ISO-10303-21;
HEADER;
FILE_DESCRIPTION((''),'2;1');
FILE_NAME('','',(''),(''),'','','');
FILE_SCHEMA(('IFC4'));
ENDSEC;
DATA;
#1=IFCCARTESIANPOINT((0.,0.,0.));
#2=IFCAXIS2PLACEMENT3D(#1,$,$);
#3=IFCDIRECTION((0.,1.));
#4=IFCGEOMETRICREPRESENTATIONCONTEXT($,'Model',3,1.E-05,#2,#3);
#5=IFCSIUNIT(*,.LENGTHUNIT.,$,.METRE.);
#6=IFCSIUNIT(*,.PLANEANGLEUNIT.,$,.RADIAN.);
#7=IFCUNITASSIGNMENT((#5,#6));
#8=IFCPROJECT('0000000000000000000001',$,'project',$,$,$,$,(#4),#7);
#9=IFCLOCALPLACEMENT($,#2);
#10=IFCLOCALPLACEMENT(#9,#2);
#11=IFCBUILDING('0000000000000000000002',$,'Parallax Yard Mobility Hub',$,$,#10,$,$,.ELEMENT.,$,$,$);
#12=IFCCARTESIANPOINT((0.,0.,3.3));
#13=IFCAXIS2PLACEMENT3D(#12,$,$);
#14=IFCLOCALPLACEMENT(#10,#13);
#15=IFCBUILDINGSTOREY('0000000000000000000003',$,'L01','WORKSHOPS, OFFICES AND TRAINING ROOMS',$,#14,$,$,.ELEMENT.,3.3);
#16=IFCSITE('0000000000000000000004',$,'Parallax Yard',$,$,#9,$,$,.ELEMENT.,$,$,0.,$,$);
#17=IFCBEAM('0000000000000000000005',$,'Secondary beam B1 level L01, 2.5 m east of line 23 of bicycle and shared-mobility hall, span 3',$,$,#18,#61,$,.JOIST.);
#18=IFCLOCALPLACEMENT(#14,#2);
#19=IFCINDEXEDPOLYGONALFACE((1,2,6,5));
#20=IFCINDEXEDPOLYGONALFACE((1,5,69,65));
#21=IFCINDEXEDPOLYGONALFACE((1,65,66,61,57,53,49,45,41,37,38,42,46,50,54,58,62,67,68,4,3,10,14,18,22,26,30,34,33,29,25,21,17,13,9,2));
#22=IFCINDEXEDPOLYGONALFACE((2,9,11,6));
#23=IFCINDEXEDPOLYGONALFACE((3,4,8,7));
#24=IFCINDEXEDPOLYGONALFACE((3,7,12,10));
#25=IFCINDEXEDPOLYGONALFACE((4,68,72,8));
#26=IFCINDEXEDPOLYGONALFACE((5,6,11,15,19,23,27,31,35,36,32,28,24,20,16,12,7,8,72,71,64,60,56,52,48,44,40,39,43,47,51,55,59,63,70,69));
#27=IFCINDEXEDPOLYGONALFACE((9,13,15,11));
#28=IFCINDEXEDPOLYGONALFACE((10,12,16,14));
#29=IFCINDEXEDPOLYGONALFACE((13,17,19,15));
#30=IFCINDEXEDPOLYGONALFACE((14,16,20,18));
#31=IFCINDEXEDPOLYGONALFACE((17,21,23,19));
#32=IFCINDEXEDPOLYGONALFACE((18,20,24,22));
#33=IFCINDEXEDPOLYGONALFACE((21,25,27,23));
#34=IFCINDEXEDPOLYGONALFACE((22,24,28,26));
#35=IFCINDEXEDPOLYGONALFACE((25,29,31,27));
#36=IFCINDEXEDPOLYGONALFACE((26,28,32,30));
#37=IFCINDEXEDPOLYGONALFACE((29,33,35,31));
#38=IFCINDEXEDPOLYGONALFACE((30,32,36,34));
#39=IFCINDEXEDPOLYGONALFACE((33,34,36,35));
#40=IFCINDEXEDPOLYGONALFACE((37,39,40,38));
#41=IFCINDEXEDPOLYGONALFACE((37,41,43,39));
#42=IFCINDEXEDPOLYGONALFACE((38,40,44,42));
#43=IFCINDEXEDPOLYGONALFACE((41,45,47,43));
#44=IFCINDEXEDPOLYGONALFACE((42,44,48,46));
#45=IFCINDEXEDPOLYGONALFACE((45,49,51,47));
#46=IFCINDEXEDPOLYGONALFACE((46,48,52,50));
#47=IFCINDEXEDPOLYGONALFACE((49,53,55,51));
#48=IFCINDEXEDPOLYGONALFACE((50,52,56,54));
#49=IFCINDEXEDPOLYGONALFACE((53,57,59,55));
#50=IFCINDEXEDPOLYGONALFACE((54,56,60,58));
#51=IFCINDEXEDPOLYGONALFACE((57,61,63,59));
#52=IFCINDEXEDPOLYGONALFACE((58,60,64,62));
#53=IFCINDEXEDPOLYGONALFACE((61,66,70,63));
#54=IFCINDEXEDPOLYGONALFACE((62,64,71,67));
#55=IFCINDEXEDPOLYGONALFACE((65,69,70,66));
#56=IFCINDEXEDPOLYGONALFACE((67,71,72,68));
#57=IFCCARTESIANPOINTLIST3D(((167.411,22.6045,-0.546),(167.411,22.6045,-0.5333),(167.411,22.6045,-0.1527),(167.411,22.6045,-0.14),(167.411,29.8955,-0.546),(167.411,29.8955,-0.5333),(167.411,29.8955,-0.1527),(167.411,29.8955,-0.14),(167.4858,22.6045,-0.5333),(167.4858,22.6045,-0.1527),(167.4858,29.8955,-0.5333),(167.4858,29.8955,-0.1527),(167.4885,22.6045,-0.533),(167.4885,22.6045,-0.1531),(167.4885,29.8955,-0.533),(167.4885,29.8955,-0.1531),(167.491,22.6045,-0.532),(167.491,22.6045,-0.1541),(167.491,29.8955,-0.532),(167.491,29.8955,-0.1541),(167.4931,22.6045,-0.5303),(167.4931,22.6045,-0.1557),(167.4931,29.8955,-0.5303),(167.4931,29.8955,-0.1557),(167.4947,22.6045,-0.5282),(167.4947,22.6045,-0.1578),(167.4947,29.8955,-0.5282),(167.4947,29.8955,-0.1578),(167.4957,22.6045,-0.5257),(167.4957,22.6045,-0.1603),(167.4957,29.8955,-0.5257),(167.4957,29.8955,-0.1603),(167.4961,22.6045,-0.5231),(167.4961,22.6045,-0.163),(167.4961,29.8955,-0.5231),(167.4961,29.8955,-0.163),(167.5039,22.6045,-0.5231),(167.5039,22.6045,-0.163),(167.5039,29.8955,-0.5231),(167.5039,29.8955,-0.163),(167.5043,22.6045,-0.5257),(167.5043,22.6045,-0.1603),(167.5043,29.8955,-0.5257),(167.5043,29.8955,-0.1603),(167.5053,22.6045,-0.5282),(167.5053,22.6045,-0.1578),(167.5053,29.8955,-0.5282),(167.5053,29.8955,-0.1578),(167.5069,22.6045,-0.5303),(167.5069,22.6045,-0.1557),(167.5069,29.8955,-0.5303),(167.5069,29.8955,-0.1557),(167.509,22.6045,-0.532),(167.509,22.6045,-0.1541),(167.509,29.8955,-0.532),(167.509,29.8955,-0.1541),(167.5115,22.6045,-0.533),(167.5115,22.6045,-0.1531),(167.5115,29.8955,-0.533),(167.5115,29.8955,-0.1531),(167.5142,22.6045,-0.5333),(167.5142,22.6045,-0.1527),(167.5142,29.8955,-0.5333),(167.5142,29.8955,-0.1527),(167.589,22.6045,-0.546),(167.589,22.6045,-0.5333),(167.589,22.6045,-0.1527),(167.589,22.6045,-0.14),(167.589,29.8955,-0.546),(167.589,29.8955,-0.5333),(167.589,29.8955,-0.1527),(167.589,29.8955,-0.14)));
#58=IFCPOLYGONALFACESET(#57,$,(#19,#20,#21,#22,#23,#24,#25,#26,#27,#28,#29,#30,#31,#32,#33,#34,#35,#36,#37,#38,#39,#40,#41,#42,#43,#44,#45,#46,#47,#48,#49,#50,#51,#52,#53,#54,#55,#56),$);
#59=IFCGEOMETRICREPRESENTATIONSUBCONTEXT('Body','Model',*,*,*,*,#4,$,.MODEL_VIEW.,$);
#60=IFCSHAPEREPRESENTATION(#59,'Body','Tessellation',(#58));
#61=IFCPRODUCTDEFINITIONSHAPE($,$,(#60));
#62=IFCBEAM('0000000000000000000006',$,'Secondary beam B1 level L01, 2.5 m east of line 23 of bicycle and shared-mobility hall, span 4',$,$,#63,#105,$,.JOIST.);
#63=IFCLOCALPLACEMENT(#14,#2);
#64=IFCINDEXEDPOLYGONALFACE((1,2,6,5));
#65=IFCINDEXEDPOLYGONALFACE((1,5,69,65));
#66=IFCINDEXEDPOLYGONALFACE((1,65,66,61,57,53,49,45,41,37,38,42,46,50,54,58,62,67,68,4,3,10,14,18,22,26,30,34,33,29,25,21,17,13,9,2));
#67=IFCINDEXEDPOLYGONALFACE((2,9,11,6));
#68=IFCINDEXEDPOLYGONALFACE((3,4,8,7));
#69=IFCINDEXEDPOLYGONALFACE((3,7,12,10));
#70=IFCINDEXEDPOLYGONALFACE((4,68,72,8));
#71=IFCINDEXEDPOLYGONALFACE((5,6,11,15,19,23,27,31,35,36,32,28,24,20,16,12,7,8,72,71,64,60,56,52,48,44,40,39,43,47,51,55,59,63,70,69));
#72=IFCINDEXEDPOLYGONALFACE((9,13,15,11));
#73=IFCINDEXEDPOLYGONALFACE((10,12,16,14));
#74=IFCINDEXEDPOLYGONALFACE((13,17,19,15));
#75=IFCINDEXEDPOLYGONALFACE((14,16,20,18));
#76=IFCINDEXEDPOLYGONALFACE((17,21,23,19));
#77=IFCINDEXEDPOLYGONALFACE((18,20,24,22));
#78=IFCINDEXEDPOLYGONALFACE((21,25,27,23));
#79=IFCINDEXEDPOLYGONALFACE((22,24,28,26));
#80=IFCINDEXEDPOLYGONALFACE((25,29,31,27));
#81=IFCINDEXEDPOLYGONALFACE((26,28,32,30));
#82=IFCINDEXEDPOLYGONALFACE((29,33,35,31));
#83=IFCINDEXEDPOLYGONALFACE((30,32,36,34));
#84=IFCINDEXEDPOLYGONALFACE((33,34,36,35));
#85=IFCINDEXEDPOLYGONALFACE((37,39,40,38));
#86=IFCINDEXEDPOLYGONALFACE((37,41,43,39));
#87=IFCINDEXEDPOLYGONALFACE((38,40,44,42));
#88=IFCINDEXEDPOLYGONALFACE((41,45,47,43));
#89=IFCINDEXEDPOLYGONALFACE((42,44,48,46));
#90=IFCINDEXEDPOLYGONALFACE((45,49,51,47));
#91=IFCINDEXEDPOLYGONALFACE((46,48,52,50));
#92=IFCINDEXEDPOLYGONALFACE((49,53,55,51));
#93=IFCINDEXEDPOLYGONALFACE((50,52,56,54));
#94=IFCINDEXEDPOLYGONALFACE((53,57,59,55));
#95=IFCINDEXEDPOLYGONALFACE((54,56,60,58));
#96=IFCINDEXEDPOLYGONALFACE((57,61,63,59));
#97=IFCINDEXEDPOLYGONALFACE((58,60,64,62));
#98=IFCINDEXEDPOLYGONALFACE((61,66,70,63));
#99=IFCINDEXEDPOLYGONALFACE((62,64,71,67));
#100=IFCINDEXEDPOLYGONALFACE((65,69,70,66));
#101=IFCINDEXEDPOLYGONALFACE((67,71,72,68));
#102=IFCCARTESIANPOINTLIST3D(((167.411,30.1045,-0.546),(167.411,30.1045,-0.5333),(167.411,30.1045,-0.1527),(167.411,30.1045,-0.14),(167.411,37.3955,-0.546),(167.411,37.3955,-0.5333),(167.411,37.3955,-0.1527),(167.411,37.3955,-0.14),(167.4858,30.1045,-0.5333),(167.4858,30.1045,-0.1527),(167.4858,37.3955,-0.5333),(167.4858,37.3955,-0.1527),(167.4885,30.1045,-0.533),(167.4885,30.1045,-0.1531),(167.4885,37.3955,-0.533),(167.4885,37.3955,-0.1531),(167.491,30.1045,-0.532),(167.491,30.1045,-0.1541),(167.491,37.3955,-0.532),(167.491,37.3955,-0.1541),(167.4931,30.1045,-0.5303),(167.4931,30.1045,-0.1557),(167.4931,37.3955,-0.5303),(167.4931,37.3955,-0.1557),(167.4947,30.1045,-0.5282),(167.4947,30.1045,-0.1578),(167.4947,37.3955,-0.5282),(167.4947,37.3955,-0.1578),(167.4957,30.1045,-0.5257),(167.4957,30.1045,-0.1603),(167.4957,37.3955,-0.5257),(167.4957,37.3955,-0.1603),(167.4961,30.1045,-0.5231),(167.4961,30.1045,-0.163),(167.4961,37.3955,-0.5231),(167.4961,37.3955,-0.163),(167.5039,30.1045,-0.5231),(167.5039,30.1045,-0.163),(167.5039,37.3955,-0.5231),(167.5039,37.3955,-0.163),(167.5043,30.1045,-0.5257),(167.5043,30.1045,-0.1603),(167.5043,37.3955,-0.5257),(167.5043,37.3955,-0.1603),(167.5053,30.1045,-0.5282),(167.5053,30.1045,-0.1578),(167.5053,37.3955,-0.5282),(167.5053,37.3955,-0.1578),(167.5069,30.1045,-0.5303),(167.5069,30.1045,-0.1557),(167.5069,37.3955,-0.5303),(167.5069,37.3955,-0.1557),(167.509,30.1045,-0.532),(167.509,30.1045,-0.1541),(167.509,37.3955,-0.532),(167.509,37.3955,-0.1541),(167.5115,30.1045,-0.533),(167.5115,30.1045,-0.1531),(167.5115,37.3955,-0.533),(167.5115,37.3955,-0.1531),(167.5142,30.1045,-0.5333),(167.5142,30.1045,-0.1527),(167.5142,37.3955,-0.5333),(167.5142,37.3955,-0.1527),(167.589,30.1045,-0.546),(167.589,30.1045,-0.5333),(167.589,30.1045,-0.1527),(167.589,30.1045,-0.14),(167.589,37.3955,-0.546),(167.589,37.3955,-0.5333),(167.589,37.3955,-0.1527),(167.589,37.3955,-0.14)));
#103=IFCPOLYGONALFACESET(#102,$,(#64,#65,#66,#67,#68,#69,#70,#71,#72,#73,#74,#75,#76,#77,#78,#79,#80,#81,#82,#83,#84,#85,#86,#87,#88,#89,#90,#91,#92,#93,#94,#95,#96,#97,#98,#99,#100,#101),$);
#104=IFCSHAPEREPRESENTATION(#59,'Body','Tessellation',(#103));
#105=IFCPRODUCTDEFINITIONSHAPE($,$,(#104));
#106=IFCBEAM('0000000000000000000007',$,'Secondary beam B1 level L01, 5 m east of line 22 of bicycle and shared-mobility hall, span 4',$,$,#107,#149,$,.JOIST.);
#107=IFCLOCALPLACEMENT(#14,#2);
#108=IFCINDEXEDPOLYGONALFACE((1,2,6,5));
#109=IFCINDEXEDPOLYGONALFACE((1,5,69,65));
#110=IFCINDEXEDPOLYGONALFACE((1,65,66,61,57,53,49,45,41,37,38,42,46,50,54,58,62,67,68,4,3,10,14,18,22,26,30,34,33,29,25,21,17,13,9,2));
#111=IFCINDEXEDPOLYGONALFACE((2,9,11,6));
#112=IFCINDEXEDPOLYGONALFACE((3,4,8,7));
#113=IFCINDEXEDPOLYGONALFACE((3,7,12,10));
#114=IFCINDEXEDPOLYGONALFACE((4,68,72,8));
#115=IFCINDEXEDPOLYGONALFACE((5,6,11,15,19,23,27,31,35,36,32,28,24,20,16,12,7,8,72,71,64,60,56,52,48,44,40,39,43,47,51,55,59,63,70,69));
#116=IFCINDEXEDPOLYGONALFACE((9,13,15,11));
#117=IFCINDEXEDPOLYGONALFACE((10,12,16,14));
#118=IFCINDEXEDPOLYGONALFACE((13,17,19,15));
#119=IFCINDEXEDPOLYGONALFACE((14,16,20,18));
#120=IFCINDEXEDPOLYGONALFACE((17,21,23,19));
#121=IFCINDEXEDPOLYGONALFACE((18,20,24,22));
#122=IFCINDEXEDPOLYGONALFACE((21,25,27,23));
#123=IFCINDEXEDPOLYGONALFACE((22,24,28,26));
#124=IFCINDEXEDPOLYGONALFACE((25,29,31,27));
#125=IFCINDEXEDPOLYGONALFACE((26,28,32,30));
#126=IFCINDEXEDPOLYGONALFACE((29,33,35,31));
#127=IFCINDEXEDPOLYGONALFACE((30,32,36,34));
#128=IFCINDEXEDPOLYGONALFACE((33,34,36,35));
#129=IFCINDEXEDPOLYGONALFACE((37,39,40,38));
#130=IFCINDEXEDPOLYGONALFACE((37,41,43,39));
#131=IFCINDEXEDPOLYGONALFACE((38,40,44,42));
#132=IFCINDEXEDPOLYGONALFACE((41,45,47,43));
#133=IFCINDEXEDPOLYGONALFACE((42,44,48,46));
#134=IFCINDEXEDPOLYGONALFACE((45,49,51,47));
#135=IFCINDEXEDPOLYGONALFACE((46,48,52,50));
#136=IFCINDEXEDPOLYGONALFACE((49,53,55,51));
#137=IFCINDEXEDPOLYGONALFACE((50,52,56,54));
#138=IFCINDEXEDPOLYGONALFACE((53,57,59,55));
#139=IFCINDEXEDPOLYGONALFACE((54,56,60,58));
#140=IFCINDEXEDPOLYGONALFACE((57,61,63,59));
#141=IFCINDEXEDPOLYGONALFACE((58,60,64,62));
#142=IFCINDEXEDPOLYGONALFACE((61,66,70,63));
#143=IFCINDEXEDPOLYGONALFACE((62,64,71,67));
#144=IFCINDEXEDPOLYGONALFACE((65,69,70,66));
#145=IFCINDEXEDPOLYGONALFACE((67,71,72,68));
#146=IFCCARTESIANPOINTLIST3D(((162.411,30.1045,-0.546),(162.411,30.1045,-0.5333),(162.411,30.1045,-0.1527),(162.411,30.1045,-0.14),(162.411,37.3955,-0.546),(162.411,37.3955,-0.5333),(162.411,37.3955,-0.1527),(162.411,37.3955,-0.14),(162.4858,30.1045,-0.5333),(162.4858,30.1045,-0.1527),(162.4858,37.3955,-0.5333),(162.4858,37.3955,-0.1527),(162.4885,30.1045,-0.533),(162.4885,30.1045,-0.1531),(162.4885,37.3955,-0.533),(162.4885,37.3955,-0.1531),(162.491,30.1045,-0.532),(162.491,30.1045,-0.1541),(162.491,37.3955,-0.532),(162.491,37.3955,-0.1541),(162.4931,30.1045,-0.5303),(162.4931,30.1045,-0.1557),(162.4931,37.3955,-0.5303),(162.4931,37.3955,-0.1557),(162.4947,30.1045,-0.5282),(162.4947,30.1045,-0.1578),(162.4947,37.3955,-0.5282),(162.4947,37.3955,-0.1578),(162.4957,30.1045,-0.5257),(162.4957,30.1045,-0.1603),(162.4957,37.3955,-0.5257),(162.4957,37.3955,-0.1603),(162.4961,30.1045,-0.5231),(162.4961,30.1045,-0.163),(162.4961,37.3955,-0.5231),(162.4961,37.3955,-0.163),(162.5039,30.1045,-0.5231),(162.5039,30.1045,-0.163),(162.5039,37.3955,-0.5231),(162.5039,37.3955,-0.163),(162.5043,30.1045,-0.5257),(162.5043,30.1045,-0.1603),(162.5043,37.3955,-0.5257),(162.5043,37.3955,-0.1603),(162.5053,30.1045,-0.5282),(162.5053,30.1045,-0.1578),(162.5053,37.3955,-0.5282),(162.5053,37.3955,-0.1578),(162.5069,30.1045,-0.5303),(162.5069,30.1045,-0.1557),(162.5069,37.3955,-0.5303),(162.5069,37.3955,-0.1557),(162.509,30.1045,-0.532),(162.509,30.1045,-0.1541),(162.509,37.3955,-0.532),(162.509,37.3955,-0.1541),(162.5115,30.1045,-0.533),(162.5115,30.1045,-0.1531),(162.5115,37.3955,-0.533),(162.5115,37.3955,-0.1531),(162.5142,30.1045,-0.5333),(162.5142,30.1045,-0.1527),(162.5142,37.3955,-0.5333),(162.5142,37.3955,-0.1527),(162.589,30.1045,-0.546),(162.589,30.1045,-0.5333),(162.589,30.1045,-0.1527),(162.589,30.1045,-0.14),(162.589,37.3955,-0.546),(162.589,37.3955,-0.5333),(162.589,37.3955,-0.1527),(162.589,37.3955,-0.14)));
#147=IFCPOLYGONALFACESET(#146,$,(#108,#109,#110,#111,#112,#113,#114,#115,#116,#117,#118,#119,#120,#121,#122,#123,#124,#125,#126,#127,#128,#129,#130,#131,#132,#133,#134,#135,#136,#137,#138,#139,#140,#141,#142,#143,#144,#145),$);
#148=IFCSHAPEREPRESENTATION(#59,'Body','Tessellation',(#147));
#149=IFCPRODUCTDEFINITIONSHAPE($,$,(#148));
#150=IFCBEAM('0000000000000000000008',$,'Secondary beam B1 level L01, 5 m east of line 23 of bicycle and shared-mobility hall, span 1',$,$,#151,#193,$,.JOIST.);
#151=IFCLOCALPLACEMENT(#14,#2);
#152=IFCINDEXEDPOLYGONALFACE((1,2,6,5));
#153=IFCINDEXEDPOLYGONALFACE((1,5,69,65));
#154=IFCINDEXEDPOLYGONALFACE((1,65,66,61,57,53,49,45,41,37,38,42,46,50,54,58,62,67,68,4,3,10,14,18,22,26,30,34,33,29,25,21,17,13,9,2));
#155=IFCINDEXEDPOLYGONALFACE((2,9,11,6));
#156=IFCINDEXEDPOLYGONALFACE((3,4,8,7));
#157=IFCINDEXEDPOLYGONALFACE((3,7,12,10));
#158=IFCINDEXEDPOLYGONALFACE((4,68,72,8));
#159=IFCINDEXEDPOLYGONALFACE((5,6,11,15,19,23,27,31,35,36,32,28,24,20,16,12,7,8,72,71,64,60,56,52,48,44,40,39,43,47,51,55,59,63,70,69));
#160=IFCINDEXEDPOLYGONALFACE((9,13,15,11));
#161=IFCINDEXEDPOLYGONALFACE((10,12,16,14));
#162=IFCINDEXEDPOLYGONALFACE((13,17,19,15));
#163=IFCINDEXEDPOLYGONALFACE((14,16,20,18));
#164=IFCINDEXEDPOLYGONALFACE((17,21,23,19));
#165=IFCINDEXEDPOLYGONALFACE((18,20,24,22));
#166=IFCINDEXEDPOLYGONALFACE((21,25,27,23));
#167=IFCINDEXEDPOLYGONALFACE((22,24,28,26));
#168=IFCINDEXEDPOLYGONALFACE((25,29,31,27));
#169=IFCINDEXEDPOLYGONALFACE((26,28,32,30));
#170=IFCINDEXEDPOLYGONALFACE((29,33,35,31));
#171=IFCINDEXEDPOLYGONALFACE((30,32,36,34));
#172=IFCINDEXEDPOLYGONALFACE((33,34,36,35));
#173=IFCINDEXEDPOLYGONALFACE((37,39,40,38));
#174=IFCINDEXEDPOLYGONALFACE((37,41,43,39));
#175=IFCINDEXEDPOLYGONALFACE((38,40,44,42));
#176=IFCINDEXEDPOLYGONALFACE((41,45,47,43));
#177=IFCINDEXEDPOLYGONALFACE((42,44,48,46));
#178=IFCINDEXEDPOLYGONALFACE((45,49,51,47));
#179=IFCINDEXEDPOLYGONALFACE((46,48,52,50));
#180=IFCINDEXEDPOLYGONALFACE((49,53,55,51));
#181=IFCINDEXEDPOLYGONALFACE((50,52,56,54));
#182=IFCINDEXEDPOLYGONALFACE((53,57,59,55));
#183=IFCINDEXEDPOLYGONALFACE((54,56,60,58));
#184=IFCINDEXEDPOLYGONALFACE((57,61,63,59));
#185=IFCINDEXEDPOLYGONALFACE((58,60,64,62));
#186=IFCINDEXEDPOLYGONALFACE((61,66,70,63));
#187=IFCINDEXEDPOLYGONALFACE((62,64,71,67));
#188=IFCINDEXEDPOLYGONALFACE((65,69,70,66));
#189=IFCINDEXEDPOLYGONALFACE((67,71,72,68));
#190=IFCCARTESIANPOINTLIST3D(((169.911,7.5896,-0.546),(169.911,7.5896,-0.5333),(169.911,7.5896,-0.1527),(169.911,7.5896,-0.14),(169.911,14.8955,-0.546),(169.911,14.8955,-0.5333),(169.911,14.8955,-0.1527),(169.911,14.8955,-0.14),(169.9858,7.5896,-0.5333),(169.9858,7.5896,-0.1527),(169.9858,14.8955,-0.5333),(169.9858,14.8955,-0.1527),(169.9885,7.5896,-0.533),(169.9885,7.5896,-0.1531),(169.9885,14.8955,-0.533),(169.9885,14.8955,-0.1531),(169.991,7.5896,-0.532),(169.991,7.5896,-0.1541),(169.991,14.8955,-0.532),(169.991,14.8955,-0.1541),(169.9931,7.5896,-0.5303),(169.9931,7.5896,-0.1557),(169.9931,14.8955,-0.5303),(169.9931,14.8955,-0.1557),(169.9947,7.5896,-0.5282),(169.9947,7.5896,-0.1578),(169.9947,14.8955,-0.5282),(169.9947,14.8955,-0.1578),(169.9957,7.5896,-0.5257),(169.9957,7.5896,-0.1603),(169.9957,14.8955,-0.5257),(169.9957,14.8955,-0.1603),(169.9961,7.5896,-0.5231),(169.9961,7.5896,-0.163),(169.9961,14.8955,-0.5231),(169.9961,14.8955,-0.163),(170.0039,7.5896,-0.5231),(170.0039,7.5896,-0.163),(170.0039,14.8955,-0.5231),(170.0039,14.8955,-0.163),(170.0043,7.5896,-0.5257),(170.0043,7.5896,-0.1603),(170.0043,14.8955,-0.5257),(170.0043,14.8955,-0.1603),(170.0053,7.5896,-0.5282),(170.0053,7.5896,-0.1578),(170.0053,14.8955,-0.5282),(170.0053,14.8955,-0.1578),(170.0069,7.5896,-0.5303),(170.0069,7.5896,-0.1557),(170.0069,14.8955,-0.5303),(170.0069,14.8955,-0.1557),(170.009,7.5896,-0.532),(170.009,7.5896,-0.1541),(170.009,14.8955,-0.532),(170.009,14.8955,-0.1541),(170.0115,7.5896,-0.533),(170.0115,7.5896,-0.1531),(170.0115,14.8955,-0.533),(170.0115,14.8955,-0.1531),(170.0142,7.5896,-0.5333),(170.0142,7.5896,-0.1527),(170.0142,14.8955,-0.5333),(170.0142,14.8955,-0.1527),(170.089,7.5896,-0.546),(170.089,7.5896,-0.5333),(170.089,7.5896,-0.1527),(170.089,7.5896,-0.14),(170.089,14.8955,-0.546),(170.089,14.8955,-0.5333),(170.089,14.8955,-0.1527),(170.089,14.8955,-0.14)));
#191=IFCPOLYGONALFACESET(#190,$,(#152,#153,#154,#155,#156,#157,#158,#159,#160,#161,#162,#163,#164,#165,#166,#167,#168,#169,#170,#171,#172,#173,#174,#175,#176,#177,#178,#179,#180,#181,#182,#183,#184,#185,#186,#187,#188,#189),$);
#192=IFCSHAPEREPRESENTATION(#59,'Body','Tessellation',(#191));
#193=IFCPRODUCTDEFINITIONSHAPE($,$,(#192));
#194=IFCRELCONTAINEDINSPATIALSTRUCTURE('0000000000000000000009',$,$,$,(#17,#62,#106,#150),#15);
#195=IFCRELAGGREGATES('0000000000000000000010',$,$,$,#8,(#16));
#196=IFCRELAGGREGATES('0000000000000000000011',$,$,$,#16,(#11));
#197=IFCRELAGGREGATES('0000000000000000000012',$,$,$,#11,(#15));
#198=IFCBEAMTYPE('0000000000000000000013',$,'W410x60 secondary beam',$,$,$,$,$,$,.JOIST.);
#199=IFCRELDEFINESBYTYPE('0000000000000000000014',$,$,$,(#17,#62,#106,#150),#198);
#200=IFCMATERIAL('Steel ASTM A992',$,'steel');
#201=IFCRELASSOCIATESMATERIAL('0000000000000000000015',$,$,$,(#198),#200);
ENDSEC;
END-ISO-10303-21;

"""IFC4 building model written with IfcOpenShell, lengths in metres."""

from ifc_helpers import new_model, si_unit, direction, frame, origin, origin_2d, place, context, subcontext, project, spatial, i_section, extrude, material, material_profile, profile_set, type_object, element, save


model = new_model("IFC4")

# Units and contexts
model_context = context("Model", 3, precision=1e-05, world=origin(), true_north=direction((0.0, 1.0)))
body_context = subcontext(model_context, "Body", "Model", "MODEL_VIEW")
ifc_project = project(units=[si_unit("LENGTHUNIT", "METRE"), si_unit("PLANEANGLEUNIT", "RADIAN")], contexts=[model_context])

# Site, building, storey
site_placement = place(None, origin())
site = spatial("IfcSite", under=ifc_project, at=site_placement, Name="Parallax Yard", CompositionType="ELEMENT", RefElevation=0.0)
building_placement = place(site_placement, origin())
building = spatial("IfcBuilding", under=site, at=building_placement, Name="Parallax Yard Mobility Hub", CompositionType="ELEMENT")
storey_placement = place(building_placement, frame((0.0, 0.0, 3.3)))
storey = spatial("IfcBuildingStorey", under=building, at=storey_placement, Name="L01", Description="WORKSHOPS, OFFICES AND TRAINING ROOMS", CompositionType="ELEMENT", Elevation=3.3)

# Shared definitions
ifc_material_1 = material(Name="Steel ASTM A992", Category="steel")

# Beams
ifc_material_profile_1 = material_profile(ifc_material_1, i_section(OverallWidth=0.178, OverallDepth=0.406, WebThickness=0.0078, FlangeThickness=0.0127, FilletRadius=0.0103, at=origin_2d()), Name="W410x60")
ifc_profile_set_1 = profile_set([ifc_material_profile_1], Name="Steel ASTM A992")
beam_type_1 = type_object("IfcBeamType", Name="W410x60 secondary beam", PredefinedType="JOIST", material=ifc_profile_set_1)
for number, where, z_axis, x_axis, name in (
    (1, (167.5, 22.6045, -0.343), (0.0, 1.0, 0.0), (-1.0, 0.0, 0.0), "Secondary beam B1 level L01, 2.5 m east of line 23 of bicycle and shared-mobility hall, span 3"),
    (2, (167.5, 30.1045, -0.343), (0.0, 1.0, 0.0), (-1.0, 0.0, 0.0), "Secondary beam B1 level L01, 2.5 m east of line 23 of bicycle and shared-mobility hall, span 4"),
    (3, (162.5, 30.1045, -0.343), (0.0, 1.0, 0.0), (-1.0, 0.0, 0.0), "Secondary beam B1 level L01, 5 m east of line 22 of bicycle and shared-mobility hall, span 4"),
):
    element("IfcBeam", number, at=place(storey_placement, frame(where, z_axis=z_axis, x_axis=x_axis)), inside=storey, type_object=beam_type_1, Name=name, PredefinedType="JOIST", context=body_context, shape_type="SweptSolid", body=[
        extrude(i_section(OverallWidth=0.178, OverallDepth=0.406, WebThickness=0.0078, FlangeThickness=0.0127, FilletRadius=0.0103, at=origin_2d()), origin(), (0.0, 0.0, 1.0), 7.291),
    ])
beam_1_placement = place(storey_placement, frame((170.0, 7.5896, -0.343), z_axis=(0.0, 1.0, 0.0), x_axis=(-1.0, 0.0, 0.0)))
element("IfcBeam", 4, at=beam_1_placement, inside=storey, type_object=beam_type_1, Name="Secondary beam B1 level L01, 5 m east of line 23 of bicycle and shared-mobility hall, span 1", PredefinedType="JOIST", context=body_context, shape_type="SweptSolid", body=[
    extrude(i_section(OverallWidth=0.178, OverallDepth=0.406, WebThickness=0.0078, FlangeThickness=0.0127, FilletRadius=0.0103, at=origin_2d()), origin(), (0.0, 0.0, 1.0), 7.3059),
])

save(model, "model.ifc")
